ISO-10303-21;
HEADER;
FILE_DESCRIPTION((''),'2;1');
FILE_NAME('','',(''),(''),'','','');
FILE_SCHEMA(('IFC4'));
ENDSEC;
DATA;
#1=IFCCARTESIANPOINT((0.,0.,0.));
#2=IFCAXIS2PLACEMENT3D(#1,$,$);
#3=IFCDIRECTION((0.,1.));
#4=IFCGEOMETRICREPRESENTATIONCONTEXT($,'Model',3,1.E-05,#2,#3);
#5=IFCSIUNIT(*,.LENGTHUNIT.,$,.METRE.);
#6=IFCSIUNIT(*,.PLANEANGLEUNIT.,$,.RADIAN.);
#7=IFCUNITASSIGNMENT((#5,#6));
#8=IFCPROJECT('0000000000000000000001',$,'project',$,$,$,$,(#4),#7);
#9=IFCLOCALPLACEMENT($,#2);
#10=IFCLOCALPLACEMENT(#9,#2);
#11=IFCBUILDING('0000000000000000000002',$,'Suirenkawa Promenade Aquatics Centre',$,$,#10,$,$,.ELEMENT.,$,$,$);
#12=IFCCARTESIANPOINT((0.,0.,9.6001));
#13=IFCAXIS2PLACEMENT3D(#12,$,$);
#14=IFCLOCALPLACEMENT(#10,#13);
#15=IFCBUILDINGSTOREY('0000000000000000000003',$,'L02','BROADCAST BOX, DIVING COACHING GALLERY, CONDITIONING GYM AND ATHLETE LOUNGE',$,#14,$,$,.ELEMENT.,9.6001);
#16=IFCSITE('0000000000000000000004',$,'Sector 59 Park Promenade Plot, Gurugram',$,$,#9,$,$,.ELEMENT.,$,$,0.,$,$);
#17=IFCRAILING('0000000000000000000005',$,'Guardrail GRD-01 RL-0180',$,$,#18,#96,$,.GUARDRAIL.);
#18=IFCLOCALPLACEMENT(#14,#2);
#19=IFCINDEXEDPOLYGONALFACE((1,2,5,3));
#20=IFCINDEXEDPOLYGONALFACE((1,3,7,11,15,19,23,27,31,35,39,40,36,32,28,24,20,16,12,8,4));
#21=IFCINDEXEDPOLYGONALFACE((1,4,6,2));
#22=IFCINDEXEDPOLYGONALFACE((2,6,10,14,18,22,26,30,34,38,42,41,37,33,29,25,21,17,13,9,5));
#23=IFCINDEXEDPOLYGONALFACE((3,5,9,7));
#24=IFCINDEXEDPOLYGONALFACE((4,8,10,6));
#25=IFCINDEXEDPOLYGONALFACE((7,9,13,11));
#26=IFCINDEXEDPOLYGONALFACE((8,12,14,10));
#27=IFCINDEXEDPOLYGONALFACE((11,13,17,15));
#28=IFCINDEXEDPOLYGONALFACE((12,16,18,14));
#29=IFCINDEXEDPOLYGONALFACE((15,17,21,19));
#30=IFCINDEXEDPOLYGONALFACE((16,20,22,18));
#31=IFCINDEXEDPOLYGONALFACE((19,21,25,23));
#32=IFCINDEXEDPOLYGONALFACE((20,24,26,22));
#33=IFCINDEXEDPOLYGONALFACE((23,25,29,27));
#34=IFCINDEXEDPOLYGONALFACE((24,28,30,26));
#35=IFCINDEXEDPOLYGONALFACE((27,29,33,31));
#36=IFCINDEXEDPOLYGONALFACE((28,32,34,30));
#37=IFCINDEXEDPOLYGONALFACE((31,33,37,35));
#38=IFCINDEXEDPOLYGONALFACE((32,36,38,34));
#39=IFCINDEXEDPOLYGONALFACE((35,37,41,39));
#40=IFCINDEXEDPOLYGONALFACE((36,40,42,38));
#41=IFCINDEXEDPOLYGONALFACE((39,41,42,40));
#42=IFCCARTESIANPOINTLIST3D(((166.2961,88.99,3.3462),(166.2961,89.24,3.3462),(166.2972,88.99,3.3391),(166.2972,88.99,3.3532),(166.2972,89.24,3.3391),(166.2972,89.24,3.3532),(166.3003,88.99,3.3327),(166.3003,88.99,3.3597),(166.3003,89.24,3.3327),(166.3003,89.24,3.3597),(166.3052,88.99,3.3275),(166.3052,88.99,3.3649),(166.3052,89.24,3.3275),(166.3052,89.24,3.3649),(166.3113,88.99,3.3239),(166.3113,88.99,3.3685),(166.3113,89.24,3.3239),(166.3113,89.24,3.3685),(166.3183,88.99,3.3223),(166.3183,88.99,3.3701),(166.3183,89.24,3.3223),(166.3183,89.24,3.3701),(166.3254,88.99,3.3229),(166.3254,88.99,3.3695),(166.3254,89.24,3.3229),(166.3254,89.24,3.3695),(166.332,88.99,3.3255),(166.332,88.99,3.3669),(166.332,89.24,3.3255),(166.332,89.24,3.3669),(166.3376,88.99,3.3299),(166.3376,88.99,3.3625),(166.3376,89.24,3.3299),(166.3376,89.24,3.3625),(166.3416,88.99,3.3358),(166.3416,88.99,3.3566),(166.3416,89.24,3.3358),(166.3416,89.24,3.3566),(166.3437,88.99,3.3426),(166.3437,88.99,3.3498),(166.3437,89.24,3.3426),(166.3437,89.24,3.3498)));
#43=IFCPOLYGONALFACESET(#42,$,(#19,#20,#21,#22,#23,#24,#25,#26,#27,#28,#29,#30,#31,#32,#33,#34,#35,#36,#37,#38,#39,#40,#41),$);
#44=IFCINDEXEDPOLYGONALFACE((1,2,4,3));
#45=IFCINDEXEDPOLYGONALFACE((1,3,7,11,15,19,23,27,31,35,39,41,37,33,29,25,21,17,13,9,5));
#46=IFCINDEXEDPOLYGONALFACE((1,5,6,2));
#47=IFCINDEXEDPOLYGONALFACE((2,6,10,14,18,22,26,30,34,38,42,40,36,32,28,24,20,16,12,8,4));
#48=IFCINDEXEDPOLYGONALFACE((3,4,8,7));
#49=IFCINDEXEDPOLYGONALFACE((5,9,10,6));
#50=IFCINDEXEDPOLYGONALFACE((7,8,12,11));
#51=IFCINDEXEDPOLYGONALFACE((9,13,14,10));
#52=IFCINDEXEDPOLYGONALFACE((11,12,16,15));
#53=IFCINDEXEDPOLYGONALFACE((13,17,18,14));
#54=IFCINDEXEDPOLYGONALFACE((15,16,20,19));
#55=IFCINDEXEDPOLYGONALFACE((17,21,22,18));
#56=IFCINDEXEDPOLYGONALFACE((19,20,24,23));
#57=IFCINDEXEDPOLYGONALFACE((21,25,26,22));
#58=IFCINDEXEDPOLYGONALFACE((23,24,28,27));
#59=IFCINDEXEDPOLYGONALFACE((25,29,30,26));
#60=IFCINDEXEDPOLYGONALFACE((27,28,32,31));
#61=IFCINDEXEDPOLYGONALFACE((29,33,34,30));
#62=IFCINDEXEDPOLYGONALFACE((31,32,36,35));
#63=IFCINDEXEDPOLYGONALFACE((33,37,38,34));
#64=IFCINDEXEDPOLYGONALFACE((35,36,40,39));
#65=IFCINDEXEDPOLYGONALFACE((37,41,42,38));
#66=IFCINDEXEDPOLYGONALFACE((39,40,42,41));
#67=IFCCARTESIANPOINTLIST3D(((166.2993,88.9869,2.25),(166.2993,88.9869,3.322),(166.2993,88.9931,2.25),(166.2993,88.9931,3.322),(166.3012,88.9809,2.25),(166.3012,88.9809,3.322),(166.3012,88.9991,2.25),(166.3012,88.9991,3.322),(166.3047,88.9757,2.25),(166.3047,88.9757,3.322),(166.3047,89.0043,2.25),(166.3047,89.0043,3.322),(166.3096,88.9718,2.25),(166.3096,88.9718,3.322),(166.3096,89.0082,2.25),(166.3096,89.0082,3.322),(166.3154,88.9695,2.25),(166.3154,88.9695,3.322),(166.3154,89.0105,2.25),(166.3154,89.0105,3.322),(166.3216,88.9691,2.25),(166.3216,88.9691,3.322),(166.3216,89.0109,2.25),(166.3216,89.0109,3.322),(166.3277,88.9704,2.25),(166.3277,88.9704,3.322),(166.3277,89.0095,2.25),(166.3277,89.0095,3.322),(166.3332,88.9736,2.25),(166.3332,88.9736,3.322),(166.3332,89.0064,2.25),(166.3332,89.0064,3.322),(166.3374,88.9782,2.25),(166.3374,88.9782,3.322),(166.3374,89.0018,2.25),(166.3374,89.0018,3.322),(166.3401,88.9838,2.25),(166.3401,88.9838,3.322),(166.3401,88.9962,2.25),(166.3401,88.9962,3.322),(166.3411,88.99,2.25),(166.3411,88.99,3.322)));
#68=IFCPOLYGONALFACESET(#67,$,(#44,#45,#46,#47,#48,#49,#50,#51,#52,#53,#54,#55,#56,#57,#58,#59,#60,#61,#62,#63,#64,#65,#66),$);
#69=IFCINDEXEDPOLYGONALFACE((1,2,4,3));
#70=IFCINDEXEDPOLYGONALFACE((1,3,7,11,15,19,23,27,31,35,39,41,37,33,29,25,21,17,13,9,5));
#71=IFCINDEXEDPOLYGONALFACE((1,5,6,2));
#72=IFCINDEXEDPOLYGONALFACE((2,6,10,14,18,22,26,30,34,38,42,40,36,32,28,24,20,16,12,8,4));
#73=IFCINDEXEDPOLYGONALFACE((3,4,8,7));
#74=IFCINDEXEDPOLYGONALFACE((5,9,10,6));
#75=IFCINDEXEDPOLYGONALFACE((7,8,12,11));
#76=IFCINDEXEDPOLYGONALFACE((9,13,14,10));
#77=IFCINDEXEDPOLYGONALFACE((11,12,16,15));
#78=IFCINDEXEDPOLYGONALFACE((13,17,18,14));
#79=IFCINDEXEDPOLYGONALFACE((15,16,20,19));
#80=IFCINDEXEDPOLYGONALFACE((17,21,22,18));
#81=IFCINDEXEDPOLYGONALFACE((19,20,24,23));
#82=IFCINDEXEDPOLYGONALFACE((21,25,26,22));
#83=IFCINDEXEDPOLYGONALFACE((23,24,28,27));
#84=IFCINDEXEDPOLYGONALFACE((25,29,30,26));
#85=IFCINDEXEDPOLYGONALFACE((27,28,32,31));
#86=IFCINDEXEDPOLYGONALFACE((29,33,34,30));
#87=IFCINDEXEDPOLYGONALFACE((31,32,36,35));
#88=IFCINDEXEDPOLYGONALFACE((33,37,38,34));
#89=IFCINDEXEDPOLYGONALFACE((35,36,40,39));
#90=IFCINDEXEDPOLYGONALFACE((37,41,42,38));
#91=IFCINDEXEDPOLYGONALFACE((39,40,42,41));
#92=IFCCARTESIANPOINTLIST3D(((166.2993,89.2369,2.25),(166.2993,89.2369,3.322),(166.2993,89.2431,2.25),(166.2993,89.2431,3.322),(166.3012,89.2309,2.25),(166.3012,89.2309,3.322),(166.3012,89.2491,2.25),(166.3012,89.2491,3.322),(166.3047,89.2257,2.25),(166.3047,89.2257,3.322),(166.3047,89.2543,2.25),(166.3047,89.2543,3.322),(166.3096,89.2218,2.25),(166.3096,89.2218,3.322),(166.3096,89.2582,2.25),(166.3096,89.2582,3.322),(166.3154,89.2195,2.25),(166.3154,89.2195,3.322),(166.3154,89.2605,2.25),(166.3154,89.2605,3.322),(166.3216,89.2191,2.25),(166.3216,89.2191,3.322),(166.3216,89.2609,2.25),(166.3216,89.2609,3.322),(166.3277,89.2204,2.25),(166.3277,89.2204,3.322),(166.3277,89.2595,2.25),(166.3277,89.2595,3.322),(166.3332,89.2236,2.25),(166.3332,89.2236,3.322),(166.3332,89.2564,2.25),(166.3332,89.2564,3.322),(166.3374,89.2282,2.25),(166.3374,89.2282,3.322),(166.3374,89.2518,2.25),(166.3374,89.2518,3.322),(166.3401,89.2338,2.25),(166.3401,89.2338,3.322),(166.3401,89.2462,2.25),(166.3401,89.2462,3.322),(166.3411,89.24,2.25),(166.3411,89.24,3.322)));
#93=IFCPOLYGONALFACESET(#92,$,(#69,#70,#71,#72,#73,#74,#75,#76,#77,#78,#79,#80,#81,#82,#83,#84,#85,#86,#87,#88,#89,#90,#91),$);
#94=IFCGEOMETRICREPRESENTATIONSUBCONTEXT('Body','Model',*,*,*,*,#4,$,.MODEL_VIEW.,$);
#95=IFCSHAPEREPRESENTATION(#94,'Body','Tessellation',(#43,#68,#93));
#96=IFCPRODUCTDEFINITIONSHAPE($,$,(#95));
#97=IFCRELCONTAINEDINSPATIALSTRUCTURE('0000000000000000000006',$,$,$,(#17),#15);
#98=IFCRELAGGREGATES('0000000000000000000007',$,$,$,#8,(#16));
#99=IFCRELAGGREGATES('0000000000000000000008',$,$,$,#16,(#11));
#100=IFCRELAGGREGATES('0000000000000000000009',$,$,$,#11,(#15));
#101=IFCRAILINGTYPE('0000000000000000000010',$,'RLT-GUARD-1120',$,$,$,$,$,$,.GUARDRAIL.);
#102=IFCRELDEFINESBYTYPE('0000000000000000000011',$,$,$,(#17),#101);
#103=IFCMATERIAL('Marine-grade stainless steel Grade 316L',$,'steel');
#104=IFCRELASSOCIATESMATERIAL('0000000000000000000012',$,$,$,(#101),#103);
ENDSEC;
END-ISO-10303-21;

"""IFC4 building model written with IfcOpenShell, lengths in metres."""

from ifc_helpers import new_model, si_unit, direction, frame, origin, origin_2d, place, context, subcontext, project, spatial, circle, extrude, material, type_object, element, save


model = new_model("IFC4")

# Units and contexts
model_context = context("Model", 3, precision=1e-05, world=origin(), true_north=direction((0.0, 1.0)))
body_context = subcontext(model_context, "Body", "Model", "MODEL_VIEW")
ifc_project = project(units=[si_unit("LENGTHUNIT", "METRE"), si_unit("PLANEANGLEUNIT", "RADIAN")], contexts=[model_context])

# Site, building, storey
site_placement = place(None, origin())
site = spatial("IfcSite", under=ifc_project, at=site_placement, Name="Sector 59 Park Promenade Plot, Gurugram", CompositionType="ELEMENT", RefElevation=0.0)
building_placement = place(site_placement, origin())
building = spatial("IfcBuilding", under=site, at=building_placement, Name="Suirenkawa Promenade Aquatics Centre", CompositionType="ELEMENT")
storey_placement = place(building_placement, frame((0.0, 0.0, 9.6001)))
storey = spatial("IfcBuildingStorey", under=building, at=storey_placement, Name="L02", Description="BROADCAST BOX, DIVING COACHING GALLERY, CONDITIONING GYM AND ATHLETE LOUNGE", CompositionType="ELEMENT", Elevation=9.6001)

# Shared definitions
ifc_material_1 = material(Name="Marine-grade stainless steel Grade 316L", Category="steel")

# Railing
railing_type_1 = type_object("IfcRailingType", Name="RLT-GUARD-1120", PredefinedType="GUARDRAIL", material=ifc_material_1)
railing_1_placement = place(storey_placement, frame((166.3201, 88.99, 2.25)))
element("IfcRailing", 1, at=railing_1_placement, inside=storey, type_object=railing_type_1, Name="Guardrail GRD-01 RL-0180", PredefinedType="GUARDRAIL", context=body_context, shape_type="SweptSolid", body=[
    extrude(circle(Radius=0.0239, at=origin_2d()), frame((0.0, 0.0, 1.0962), z_axis=(0.0, 1.0, 0.0), x_axis=(-1.0, 0.0, 0.0)), (0.0, 0.0, 1.0), 0.25),
    extrude(circle(Radius=0.021, at=origin_2d()), origin(), (0.0, 0.0, 1.0), 1.072),
    extrude(circle(Radius=0.021, at=origin_2d()), frame((0.0, 0.25, 0.0)), (0.0, 0.0, 1.0), 1.072),
])

save(model, "model.ifc")
